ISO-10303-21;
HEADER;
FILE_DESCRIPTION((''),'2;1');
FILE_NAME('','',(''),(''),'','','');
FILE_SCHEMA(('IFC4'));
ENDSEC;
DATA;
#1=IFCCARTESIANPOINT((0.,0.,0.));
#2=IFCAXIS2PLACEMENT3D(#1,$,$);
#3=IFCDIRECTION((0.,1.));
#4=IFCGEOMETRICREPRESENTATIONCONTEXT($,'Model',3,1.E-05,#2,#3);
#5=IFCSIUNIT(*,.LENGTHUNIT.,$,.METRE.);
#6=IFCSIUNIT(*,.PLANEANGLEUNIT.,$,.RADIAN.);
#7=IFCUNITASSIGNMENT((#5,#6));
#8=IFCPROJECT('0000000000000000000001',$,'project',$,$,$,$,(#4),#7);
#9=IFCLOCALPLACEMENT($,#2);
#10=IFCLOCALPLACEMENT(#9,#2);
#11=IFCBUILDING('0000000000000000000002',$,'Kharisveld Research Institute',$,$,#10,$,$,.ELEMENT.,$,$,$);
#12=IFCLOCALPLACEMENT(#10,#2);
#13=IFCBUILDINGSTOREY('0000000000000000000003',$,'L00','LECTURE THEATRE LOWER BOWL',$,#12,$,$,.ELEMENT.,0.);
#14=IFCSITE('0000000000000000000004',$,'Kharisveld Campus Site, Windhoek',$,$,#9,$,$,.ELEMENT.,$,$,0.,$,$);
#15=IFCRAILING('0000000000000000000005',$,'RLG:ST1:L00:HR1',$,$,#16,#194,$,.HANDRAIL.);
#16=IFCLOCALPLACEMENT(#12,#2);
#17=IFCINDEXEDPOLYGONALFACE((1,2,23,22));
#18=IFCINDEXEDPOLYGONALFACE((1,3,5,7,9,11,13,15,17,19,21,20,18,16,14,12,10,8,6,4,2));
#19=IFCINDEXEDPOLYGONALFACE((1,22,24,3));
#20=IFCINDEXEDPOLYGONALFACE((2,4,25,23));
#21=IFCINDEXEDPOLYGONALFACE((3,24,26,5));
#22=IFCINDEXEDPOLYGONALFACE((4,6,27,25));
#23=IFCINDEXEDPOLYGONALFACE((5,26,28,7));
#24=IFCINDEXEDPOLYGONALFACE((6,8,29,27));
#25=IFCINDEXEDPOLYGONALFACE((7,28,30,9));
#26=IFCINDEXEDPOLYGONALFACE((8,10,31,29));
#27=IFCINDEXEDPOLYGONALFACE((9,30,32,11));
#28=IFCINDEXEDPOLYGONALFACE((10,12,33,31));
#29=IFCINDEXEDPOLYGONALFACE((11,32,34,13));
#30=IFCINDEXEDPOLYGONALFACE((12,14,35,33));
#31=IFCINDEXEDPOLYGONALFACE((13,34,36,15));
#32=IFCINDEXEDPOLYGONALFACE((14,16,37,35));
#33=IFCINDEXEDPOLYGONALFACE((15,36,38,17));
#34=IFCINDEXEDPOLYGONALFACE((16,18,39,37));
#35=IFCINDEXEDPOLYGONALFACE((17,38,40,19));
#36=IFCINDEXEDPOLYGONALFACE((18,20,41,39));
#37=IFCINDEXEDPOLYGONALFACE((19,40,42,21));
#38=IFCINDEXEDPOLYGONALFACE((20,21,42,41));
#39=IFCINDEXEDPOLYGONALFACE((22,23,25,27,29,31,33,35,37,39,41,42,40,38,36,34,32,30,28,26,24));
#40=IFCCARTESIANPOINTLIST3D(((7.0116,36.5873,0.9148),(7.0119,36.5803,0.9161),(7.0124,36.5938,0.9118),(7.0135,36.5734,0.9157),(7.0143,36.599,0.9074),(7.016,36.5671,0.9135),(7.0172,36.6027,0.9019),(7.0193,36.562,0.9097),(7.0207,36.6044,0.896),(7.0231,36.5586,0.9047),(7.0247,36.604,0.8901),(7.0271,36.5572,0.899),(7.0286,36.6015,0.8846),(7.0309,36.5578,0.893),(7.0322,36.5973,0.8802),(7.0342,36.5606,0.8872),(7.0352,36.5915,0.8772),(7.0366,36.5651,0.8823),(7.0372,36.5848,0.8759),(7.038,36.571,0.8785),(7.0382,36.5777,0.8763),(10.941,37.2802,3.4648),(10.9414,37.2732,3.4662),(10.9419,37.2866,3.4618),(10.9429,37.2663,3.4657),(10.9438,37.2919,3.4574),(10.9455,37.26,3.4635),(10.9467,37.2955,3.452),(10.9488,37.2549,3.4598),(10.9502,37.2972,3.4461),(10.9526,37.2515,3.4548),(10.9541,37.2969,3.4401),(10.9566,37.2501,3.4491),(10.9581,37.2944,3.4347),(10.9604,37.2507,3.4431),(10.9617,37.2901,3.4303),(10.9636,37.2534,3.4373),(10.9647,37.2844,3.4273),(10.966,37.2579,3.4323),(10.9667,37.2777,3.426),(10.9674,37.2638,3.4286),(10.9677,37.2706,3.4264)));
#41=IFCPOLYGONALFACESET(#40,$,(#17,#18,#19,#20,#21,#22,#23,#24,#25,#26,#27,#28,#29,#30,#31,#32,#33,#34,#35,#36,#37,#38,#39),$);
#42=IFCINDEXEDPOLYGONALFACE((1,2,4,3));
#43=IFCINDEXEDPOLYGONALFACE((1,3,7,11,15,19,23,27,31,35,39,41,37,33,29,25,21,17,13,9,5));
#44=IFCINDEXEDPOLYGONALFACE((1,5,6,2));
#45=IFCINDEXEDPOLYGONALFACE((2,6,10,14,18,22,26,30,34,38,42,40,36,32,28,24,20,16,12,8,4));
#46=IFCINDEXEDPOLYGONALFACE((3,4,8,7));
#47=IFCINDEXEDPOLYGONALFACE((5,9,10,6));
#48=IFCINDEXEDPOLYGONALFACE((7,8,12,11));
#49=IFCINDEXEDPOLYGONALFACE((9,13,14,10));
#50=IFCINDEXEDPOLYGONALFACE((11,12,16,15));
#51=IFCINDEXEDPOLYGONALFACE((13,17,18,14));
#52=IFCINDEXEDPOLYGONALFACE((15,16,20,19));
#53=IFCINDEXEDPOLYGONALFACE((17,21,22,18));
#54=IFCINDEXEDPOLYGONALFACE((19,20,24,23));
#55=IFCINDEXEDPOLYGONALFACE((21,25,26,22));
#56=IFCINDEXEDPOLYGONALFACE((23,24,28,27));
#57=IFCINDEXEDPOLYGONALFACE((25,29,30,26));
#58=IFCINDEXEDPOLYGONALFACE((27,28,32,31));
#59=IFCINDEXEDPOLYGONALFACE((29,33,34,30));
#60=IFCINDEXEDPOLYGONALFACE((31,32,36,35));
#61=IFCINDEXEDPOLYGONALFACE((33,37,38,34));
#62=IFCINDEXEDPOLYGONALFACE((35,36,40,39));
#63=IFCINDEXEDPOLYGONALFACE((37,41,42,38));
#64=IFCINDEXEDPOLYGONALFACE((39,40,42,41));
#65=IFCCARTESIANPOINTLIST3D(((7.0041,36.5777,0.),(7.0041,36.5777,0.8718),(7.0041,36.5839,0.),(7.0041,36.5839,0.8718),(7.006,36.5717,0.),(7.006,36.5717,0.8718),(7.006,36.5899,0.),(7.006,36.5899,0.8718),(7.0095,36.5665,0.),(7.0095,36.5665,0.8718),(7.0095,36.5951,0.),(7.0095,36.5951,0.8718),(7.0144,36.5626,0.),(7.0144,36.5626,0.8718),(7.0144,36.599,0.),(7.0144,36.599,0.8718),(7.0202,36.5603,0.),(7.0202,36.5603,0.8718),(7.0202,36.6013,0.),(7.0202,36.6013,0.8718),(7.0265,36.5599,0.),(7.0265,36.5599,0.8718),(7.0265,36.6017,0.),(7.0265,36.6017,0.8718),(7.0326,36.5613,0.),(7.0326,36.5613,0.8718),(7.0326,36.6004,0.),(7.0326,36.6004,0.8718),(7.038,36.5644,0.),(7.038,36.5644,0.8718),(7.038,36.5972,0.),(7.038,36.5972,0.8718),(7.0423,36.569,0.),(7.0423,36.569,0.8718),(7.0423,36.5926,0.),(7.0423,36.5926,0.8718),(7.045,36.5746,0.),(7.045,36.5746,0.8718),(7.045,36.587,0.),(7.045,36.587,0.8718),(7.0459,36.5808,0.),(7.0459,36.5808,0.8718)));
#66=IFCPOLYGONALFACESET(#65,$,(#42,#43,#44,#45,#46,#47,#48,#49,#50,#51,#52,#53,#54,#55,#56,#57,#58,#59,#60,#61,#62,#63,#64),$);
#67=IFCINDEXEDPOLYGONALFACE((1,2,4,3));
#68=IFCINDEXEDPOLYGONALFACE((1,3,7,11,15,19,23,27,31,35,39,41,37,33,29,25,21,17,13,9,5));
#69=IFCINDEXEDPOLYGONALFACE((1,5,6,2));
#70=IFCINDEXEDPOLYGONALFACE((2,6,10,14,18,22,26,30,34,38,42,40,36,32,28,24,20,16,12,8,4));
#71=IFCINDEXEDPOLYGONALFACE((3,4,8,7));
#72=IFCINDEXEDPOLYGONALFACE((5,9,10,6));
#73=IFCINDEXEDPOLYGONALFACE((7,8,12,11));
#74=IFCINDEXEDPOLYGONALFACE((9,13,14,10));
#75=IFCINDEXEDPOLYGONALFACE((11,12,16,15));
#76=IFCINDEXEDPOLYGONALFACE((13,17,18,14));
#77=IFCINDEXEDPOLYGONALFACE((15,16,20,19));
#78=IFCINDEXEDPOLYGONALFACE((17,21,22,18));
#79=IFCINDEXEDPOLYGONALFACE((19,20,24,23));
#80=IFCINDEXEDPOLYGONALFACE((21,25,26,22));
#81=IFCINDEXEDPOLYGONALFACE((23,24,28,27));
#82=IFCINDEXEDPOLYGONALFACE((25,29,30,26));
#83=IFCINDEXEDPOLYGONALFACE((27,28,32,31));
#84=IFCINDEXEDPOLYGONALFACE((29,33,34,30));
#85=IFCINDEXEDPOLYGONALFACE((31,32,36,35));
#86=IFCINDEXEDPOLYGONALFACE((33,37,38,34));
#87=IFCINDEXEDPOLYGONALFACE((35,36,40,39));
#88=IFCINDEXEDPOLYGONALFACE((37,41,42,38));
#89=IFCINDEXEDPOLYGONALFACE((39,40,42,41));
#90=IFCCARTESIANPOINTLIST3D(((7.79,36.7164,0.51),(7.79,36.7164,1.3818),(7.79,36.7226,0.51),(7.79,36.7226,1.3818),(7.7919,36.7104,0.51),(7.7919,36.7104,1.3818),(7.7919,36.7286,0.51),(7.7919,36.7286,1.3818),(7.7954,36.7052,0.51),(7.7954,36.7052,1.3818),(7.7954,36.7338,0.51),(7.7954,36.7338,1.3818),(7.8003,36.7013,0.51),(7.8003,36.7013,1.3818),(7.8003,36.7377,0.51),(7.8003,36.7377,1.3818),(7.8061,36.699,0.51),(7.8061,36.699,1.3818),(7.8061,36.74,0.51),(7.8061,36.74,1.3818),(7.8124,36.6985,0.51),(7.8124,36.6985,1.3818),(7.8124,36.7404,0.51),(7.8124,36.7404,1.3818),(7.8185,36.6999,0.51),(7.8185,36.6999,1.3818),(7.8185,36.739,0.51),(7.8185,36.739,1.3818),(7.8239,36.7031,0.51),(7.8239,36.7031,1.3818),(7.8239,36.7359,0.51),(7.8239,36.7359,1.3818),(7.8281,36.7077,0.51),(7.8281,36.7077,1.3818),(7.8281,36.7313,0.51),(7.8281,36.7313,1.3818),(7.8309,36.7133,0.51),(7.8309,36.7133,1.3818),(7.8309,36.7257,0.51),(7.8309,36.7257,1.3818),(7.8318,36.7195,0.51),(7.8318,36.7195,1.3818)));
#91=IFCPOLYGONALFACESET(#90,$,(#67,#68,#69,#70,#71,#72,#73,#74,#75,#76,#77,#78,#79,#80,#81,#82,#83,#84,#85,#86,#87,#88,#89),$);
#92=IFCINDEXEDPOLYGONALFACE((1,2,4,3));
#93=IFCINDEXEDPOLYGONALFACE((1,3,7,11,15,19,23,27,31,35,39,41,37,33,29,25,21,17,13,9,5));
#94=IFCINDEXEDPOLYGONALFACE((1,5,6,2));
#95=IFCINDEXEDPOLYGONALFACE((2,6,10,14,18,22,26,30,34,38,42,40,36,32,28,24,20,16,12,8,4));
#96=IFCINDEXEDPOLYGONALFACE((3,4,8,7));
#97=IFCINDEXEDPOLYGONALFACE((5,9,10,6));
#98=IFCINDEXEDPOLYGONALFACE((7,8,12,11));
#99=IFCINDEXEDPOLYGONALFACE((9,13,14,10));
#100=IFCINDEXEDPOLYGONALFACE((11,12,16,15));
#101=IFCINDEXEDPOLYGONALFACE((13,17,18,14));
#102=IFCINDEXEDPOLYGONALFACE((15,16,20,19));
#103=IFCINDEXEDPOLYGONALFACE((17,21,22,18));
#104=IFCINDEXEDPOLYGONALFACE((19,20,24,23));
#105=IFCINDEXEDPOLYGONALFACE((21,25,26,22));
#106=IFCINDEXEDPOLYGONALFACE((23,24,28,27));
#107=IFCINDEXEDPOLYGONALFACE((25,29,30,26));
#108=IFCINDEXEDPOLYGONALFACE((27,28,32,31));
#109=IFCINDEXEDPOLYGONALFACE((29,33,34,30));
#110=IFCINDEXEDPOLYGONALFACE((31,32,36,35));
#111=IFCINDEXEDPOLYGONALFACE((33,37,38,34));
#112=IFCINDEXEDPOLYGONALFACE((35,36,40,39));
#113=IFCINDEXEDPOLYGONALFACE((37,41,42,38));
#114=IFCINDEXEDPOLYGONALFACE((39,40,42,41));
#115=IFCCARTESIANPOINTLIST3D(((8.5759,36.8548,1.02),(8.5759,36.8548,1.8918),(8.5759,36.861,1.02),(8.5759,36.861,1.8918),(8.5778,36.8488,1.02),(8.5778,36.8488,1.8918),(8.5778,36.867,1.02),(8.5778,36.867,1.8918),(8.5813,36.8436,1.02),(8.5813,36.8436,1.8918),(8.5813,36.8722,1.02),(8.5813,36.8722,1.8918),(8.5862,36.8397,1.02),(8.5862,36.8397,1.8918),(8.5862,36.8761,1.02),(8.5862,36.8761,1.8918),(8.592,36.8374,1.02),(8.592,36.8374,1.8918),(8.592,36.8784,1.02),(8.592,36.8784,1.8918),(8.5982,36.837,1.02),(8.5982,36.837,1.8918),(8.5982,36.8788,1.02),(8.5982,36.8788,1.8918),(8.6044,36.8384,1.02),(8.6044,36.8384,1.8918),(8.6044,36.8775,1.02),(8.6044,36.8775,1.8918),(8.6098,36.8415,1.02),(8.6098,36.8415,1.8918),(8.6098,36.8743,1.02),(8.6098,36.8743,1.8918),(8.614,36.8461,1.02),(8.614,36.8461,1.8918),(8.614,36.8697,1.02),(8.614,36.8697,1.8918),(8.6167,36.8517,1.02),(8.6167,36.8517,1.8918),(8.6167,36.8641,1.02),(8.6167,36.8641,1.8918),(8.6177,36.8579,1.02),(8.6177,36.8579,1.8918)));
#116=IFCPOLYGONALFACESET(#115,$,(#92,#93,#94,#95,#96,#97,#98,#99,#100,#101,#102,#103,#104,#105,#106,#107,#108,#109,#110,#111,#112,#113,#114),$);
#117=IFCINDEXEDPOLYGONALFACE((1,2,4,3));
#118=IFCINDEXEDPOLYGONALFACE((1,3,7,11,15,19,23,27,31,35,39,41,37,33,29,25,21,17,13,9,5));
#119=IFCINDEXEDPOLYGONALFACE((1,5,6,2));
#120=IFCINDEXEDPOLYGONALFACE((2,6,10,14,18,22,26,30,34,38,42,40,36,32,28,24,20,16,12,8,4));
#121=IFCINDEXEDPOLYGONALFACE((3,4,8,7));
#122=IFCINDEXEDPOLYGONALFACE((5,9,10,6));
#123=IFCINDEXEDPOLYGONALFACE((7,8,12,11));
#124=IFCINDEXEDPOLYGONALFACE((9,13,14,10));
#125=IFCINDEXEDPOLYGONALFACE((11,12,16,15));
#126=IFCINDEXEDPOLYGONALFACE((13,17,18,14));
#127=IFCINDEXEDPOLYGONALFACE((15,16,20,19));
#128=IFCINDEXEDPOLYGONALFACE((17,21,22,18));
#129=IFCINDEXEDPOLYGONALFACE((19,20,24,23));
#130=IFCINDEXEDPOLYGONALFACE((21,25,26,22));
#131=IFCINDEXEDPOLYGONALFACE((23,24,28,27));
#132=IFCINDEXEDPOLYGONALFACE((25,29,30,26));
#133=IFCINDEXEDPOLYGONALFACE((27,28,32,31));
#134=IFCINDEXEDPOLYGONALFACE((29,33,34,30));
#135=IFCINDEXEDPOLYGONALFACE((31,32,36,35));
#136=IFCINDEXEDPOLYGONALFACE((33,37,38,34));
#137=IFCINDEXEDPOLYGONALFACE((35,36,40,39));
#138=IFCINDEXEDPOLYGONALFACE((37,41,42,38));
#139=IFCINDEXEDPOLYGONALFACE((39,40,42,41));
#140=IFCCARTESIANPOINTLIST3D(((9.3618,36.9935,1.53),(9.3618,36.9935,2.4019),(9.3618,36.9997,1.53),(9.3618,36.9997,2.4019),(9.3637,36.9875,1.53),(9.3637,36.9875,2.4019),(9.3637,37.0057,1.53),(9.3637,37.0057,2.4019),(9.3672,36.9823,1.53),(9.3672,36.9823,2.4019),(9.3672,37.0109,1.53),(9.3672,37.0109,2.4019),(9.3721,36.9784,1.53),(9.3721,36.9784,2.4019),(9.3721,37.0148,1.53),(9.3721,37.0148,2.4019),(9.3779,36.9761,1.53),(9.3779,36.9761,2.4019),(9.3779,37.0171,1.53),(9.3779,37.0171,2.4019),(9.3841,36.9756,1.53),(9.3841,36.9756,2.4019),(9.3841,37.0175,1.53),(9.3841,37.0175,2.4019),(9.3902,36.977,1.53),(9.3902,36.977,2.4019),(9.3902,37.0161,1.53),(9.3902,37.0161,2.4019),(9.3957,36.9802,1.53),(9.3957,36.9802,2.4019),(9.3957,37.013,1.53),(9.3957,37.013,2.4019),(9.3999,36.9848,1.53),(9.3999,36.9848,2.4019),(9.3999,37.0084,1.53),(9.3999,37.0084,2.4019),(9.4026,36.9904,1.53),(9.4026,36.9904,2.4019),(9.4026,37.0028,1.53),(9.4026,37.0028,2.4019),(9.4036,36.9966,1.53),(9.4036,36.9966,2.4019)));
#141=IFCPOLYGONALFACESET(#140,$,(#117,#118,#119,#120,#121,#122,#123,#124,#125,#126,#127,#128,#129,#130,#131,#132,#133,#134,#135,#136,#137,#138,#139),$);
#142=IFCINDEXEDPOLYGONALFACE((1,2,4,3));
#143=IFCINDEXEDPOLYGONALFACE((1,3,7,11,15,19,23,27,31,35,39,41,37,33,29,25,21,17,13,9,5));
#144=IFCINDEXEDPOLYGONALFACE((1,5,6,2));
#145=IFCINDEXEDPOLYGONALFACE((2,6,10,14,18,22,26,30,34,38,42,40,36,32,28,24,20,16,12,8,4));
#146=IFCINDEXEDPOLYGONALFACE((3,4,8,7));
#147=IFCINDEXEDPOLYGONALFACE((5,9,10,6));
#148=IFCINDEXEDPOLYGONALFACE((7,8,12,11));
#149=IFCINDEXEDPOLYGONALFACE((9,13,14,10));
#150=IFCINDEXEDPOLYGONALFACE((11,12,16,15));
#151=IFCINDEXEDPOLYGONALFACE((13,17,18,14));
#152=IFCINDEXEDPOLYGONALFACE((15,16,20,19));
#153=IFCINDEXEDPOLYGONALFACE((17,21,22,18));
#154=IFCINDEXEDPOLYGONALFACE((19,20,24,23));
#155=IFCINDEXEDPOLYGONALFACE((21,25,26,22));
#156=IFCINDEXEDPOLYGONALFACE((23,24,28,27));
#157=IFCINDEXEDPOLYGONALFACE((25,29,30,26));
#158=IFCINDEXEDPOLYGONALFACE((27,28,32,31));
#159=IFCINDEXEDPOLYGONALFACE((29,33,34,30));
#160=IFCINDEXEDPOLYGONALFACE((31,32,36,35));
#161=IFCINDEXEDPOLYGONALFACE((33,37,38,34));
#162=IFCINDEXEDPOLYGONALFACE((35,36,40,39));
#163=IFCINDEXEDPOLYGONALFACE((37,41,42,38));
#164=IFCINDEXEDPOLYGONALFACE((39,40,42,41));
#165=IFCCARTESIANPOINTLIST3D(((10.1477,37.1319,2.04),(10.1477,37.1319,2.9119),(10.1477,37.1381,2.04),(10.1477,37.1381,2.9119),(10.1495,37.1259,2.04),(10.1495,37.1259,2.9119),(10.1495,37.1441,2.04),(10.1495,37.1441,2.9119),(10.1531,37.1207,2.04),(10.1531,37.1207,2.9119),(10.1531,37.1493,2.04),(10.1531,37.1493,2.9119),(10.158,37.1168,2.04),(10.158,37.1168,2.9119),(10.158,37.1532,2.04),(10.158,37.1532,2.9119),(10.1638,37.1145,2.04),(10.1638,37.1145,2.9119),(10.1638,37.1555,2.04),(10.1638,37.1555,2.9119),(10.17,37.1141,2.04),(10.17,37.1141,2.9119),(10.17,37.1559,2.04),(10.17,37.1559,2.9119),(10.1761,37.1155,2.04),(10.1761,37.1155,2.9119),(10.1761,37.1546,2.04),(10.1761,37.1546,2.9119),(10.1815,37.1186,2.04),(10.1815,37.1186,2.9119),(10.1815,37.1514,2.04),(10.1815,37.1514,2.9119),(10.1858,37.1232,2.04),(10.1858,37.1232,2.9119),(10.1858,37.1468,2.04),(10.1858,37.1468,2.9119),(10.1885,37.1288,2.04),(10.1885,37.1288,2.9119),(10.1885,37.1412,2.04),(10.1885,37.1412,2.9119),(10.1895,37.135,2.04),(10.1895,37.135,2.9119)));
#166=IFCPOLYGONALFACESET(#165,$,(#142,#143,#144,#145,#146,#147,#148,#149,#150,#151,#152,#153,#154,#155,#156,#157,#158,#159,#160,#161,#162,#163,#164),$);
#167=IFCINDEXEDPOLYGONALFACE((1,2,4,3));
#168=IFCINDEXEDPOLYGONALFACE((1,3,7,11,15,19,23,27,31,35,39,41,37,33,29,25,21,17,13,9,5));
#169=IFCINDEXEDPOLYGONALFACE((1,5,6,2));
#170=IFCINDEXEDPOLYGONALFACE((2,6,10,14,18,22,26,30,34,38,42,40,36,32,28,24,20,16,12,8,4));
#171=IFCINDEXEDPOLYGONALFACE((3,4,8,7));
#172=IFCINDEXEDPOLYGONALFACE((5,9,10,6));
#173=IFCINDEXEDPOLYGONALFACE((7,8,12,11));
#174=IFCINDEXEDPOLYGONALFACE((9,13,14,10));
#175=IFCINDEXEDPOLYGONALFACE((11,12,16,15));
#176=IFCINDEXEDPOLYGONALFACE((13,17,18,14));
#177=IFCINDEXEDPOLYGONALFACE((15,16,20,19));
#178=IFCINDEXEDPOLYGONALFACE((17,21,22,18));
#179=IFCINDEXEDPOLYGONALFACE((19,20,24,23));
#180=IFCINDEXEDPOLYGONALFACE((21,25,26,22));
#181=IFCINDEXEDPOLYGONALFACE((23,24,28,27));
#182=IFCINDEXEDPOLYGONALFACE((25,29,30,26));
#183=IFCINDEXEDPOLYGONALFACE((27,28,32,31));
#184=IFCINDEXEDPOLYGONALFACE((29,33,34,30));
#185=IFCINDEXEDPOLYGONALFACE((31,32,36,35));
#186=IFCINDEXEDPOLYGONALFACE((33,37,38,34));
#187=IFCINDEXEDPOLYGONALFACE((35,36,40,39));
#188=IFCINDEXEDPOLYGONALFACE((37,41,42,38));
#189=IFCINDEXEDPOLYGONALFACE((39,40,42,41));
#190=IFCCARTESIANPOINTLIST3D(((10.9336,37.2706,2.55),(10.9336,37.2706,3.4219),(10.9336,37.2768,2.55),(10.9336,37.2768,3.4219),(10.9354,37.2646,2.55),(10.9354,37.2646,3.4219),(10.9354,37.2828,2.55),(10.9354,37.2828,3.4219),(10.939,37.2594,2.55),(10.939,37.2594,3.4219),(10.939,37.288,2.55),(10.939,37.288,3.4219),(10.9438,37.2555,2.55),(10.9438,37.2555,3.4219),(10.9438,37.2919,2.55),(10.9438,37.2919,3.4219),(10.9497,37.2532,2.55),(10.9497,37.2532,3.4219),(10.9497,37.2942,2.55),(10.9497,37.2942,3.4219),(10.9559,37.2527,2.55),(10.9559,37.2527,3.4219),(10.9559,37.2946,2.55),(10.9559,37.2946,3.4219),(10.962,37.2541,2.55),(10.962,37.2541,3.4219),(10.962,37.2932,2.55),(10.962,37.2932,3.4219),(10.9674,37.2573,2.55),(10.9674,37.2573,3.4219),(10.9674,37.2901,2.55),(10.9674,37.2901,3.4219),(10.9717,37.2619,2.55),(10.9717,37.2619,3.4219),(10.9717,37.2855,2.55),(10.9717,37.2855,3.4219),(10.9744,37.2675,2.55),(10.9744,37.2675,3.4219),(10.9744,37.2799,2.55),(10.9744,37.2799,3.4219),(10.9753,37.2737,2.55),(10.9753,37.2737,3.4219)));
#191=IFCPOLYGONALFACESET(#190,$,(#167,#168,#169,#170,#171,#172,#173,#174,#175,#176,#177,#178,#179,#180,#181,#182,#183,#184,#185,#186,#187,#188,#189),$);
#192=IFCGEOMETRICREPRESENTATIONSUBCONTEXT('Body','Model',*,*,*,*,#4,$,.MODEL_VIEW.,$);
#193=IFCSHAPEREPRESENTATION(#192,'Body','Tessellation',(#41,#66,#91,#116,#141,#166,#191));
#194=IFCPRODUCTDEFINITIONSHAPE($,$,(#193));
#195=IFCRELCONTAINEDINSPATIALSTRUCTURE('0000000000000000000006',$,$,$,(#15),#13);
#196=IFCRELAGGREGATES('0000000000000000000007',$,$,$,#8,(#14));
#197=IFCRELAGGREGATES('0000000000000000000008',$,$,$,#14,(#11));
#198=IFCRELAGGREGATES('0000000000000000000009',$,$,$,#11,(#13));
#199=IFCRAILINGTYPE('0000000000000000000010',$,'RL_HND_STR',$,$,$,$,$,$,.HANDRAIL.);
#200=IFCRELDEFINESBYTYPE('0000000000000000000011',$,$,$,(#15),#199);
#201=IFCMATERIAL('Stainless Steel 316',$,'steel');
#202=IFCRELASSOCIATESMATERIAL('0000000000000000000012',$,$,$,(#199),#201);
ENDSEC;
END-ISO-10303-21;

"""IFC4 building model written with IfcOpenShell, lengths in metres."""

from ifc_helpers import new_model, si_unit, direction, frame, origin, origin_2d, place, context, subcontext, project, spatial, circle, extrude, material, type_object, element, save


model = new_model("IFC4")

# Units and contexts
model_context = context("Model", 3, precision=1e-05, world=origin(), true_north=direction((0.0, 1.0)))
body_context = subcontext(model_context, "Body", "Model", "MODEL_VIEW")
ifc_project = project(units=[si_unit("LENGTHUNIT", "METRE"), si_unit("PLANEANGLEUNIT", "RADIAN")], contexts=[model_context])

# Site, building, storey
site_placement = place(None, origin())
site = spatial("IfcSite", under=ifc_project, at=site_placement, Name="Kharisveld Campus Site, Windhoek", CompositionType="ELEMENT", RefElevation=0.0)
building_placement = place(site_placement, origin())
building = spatial("IfcBuilding", under=site, at=building_placement, Name="Kharisveld Research Institute", CompositionType="ELEMENT")
storey_placement = place(building_placement, origin())
storey = spatial("IfcBuildingStorey", under=building, at=storey_placement, Name="L00", Description="LECTURE THEATRE LOWER BOWL", CompositionType="ELEMENT", Elevation=0.0)

# Railing
ifc_material_1 = material(Name="Stainless Steel 316", Category="steel")
railing_type = type_object("IfcRailingType", Name="RL_HND_STR", PredefinedType="HANDRAIL", material=ifc_material_1)
railing_placement = place(storey_placement, frame((7.0249, 36.5808, 0.0)))
element("IfcRailing", 1, at=railing_placement, inside=storey, type_object=railing_type, Name="RLG:ST1:L00:HR1", PredefinedType="HANDRAIL", context=body_context, shape_type="SweptSolid", body=[
    extrude(circle(Radius=0.0239, at=origin_2d()), frame((0.0, 0.0, 0.896), z_axis=(0.829814, 0.14632, 0.538516), x_axis=(-0.173649, 0.984808, 0.0)), (0.0, 0.0, 1.0), 4.7354),
    extrude(circle(Radius=0.021, at=origin_2d()), origin(), (0.0, 0.0, 1.0), 0.8718),
    extrude(circle(Radius=0.021, at=origin_2d()), frame((0.7859, 0.1387, 0.51)), (0.0, 0.0, 1.0), 0.8718),
    extrude(circle(Radius=0.021, at=origin_2d()), frame((1.5718, 0.2771, 1.02)), (0.0, 0.0, 1.0), 0.8718),
    extrude(circle(Radius=0.021, at=origin_2d()), frame((2.3577, 0.4158, 1.53)), (0.0, 0.0, 1.0), 0.8718),
    extrude(circle(Radius=0.021, at=origin_2d()), frame((3.1436, 0.5542, 2.04)), (0.0, 0.0, 1.0), 0.8718),
    extrude(circle(Radius=0.021, at=origin_2d()), frame((3.9294, 0.6929, 2.55)), (0.0, 0.0, 1.0), 0.8718),
])

save(model, "model.ifc")
